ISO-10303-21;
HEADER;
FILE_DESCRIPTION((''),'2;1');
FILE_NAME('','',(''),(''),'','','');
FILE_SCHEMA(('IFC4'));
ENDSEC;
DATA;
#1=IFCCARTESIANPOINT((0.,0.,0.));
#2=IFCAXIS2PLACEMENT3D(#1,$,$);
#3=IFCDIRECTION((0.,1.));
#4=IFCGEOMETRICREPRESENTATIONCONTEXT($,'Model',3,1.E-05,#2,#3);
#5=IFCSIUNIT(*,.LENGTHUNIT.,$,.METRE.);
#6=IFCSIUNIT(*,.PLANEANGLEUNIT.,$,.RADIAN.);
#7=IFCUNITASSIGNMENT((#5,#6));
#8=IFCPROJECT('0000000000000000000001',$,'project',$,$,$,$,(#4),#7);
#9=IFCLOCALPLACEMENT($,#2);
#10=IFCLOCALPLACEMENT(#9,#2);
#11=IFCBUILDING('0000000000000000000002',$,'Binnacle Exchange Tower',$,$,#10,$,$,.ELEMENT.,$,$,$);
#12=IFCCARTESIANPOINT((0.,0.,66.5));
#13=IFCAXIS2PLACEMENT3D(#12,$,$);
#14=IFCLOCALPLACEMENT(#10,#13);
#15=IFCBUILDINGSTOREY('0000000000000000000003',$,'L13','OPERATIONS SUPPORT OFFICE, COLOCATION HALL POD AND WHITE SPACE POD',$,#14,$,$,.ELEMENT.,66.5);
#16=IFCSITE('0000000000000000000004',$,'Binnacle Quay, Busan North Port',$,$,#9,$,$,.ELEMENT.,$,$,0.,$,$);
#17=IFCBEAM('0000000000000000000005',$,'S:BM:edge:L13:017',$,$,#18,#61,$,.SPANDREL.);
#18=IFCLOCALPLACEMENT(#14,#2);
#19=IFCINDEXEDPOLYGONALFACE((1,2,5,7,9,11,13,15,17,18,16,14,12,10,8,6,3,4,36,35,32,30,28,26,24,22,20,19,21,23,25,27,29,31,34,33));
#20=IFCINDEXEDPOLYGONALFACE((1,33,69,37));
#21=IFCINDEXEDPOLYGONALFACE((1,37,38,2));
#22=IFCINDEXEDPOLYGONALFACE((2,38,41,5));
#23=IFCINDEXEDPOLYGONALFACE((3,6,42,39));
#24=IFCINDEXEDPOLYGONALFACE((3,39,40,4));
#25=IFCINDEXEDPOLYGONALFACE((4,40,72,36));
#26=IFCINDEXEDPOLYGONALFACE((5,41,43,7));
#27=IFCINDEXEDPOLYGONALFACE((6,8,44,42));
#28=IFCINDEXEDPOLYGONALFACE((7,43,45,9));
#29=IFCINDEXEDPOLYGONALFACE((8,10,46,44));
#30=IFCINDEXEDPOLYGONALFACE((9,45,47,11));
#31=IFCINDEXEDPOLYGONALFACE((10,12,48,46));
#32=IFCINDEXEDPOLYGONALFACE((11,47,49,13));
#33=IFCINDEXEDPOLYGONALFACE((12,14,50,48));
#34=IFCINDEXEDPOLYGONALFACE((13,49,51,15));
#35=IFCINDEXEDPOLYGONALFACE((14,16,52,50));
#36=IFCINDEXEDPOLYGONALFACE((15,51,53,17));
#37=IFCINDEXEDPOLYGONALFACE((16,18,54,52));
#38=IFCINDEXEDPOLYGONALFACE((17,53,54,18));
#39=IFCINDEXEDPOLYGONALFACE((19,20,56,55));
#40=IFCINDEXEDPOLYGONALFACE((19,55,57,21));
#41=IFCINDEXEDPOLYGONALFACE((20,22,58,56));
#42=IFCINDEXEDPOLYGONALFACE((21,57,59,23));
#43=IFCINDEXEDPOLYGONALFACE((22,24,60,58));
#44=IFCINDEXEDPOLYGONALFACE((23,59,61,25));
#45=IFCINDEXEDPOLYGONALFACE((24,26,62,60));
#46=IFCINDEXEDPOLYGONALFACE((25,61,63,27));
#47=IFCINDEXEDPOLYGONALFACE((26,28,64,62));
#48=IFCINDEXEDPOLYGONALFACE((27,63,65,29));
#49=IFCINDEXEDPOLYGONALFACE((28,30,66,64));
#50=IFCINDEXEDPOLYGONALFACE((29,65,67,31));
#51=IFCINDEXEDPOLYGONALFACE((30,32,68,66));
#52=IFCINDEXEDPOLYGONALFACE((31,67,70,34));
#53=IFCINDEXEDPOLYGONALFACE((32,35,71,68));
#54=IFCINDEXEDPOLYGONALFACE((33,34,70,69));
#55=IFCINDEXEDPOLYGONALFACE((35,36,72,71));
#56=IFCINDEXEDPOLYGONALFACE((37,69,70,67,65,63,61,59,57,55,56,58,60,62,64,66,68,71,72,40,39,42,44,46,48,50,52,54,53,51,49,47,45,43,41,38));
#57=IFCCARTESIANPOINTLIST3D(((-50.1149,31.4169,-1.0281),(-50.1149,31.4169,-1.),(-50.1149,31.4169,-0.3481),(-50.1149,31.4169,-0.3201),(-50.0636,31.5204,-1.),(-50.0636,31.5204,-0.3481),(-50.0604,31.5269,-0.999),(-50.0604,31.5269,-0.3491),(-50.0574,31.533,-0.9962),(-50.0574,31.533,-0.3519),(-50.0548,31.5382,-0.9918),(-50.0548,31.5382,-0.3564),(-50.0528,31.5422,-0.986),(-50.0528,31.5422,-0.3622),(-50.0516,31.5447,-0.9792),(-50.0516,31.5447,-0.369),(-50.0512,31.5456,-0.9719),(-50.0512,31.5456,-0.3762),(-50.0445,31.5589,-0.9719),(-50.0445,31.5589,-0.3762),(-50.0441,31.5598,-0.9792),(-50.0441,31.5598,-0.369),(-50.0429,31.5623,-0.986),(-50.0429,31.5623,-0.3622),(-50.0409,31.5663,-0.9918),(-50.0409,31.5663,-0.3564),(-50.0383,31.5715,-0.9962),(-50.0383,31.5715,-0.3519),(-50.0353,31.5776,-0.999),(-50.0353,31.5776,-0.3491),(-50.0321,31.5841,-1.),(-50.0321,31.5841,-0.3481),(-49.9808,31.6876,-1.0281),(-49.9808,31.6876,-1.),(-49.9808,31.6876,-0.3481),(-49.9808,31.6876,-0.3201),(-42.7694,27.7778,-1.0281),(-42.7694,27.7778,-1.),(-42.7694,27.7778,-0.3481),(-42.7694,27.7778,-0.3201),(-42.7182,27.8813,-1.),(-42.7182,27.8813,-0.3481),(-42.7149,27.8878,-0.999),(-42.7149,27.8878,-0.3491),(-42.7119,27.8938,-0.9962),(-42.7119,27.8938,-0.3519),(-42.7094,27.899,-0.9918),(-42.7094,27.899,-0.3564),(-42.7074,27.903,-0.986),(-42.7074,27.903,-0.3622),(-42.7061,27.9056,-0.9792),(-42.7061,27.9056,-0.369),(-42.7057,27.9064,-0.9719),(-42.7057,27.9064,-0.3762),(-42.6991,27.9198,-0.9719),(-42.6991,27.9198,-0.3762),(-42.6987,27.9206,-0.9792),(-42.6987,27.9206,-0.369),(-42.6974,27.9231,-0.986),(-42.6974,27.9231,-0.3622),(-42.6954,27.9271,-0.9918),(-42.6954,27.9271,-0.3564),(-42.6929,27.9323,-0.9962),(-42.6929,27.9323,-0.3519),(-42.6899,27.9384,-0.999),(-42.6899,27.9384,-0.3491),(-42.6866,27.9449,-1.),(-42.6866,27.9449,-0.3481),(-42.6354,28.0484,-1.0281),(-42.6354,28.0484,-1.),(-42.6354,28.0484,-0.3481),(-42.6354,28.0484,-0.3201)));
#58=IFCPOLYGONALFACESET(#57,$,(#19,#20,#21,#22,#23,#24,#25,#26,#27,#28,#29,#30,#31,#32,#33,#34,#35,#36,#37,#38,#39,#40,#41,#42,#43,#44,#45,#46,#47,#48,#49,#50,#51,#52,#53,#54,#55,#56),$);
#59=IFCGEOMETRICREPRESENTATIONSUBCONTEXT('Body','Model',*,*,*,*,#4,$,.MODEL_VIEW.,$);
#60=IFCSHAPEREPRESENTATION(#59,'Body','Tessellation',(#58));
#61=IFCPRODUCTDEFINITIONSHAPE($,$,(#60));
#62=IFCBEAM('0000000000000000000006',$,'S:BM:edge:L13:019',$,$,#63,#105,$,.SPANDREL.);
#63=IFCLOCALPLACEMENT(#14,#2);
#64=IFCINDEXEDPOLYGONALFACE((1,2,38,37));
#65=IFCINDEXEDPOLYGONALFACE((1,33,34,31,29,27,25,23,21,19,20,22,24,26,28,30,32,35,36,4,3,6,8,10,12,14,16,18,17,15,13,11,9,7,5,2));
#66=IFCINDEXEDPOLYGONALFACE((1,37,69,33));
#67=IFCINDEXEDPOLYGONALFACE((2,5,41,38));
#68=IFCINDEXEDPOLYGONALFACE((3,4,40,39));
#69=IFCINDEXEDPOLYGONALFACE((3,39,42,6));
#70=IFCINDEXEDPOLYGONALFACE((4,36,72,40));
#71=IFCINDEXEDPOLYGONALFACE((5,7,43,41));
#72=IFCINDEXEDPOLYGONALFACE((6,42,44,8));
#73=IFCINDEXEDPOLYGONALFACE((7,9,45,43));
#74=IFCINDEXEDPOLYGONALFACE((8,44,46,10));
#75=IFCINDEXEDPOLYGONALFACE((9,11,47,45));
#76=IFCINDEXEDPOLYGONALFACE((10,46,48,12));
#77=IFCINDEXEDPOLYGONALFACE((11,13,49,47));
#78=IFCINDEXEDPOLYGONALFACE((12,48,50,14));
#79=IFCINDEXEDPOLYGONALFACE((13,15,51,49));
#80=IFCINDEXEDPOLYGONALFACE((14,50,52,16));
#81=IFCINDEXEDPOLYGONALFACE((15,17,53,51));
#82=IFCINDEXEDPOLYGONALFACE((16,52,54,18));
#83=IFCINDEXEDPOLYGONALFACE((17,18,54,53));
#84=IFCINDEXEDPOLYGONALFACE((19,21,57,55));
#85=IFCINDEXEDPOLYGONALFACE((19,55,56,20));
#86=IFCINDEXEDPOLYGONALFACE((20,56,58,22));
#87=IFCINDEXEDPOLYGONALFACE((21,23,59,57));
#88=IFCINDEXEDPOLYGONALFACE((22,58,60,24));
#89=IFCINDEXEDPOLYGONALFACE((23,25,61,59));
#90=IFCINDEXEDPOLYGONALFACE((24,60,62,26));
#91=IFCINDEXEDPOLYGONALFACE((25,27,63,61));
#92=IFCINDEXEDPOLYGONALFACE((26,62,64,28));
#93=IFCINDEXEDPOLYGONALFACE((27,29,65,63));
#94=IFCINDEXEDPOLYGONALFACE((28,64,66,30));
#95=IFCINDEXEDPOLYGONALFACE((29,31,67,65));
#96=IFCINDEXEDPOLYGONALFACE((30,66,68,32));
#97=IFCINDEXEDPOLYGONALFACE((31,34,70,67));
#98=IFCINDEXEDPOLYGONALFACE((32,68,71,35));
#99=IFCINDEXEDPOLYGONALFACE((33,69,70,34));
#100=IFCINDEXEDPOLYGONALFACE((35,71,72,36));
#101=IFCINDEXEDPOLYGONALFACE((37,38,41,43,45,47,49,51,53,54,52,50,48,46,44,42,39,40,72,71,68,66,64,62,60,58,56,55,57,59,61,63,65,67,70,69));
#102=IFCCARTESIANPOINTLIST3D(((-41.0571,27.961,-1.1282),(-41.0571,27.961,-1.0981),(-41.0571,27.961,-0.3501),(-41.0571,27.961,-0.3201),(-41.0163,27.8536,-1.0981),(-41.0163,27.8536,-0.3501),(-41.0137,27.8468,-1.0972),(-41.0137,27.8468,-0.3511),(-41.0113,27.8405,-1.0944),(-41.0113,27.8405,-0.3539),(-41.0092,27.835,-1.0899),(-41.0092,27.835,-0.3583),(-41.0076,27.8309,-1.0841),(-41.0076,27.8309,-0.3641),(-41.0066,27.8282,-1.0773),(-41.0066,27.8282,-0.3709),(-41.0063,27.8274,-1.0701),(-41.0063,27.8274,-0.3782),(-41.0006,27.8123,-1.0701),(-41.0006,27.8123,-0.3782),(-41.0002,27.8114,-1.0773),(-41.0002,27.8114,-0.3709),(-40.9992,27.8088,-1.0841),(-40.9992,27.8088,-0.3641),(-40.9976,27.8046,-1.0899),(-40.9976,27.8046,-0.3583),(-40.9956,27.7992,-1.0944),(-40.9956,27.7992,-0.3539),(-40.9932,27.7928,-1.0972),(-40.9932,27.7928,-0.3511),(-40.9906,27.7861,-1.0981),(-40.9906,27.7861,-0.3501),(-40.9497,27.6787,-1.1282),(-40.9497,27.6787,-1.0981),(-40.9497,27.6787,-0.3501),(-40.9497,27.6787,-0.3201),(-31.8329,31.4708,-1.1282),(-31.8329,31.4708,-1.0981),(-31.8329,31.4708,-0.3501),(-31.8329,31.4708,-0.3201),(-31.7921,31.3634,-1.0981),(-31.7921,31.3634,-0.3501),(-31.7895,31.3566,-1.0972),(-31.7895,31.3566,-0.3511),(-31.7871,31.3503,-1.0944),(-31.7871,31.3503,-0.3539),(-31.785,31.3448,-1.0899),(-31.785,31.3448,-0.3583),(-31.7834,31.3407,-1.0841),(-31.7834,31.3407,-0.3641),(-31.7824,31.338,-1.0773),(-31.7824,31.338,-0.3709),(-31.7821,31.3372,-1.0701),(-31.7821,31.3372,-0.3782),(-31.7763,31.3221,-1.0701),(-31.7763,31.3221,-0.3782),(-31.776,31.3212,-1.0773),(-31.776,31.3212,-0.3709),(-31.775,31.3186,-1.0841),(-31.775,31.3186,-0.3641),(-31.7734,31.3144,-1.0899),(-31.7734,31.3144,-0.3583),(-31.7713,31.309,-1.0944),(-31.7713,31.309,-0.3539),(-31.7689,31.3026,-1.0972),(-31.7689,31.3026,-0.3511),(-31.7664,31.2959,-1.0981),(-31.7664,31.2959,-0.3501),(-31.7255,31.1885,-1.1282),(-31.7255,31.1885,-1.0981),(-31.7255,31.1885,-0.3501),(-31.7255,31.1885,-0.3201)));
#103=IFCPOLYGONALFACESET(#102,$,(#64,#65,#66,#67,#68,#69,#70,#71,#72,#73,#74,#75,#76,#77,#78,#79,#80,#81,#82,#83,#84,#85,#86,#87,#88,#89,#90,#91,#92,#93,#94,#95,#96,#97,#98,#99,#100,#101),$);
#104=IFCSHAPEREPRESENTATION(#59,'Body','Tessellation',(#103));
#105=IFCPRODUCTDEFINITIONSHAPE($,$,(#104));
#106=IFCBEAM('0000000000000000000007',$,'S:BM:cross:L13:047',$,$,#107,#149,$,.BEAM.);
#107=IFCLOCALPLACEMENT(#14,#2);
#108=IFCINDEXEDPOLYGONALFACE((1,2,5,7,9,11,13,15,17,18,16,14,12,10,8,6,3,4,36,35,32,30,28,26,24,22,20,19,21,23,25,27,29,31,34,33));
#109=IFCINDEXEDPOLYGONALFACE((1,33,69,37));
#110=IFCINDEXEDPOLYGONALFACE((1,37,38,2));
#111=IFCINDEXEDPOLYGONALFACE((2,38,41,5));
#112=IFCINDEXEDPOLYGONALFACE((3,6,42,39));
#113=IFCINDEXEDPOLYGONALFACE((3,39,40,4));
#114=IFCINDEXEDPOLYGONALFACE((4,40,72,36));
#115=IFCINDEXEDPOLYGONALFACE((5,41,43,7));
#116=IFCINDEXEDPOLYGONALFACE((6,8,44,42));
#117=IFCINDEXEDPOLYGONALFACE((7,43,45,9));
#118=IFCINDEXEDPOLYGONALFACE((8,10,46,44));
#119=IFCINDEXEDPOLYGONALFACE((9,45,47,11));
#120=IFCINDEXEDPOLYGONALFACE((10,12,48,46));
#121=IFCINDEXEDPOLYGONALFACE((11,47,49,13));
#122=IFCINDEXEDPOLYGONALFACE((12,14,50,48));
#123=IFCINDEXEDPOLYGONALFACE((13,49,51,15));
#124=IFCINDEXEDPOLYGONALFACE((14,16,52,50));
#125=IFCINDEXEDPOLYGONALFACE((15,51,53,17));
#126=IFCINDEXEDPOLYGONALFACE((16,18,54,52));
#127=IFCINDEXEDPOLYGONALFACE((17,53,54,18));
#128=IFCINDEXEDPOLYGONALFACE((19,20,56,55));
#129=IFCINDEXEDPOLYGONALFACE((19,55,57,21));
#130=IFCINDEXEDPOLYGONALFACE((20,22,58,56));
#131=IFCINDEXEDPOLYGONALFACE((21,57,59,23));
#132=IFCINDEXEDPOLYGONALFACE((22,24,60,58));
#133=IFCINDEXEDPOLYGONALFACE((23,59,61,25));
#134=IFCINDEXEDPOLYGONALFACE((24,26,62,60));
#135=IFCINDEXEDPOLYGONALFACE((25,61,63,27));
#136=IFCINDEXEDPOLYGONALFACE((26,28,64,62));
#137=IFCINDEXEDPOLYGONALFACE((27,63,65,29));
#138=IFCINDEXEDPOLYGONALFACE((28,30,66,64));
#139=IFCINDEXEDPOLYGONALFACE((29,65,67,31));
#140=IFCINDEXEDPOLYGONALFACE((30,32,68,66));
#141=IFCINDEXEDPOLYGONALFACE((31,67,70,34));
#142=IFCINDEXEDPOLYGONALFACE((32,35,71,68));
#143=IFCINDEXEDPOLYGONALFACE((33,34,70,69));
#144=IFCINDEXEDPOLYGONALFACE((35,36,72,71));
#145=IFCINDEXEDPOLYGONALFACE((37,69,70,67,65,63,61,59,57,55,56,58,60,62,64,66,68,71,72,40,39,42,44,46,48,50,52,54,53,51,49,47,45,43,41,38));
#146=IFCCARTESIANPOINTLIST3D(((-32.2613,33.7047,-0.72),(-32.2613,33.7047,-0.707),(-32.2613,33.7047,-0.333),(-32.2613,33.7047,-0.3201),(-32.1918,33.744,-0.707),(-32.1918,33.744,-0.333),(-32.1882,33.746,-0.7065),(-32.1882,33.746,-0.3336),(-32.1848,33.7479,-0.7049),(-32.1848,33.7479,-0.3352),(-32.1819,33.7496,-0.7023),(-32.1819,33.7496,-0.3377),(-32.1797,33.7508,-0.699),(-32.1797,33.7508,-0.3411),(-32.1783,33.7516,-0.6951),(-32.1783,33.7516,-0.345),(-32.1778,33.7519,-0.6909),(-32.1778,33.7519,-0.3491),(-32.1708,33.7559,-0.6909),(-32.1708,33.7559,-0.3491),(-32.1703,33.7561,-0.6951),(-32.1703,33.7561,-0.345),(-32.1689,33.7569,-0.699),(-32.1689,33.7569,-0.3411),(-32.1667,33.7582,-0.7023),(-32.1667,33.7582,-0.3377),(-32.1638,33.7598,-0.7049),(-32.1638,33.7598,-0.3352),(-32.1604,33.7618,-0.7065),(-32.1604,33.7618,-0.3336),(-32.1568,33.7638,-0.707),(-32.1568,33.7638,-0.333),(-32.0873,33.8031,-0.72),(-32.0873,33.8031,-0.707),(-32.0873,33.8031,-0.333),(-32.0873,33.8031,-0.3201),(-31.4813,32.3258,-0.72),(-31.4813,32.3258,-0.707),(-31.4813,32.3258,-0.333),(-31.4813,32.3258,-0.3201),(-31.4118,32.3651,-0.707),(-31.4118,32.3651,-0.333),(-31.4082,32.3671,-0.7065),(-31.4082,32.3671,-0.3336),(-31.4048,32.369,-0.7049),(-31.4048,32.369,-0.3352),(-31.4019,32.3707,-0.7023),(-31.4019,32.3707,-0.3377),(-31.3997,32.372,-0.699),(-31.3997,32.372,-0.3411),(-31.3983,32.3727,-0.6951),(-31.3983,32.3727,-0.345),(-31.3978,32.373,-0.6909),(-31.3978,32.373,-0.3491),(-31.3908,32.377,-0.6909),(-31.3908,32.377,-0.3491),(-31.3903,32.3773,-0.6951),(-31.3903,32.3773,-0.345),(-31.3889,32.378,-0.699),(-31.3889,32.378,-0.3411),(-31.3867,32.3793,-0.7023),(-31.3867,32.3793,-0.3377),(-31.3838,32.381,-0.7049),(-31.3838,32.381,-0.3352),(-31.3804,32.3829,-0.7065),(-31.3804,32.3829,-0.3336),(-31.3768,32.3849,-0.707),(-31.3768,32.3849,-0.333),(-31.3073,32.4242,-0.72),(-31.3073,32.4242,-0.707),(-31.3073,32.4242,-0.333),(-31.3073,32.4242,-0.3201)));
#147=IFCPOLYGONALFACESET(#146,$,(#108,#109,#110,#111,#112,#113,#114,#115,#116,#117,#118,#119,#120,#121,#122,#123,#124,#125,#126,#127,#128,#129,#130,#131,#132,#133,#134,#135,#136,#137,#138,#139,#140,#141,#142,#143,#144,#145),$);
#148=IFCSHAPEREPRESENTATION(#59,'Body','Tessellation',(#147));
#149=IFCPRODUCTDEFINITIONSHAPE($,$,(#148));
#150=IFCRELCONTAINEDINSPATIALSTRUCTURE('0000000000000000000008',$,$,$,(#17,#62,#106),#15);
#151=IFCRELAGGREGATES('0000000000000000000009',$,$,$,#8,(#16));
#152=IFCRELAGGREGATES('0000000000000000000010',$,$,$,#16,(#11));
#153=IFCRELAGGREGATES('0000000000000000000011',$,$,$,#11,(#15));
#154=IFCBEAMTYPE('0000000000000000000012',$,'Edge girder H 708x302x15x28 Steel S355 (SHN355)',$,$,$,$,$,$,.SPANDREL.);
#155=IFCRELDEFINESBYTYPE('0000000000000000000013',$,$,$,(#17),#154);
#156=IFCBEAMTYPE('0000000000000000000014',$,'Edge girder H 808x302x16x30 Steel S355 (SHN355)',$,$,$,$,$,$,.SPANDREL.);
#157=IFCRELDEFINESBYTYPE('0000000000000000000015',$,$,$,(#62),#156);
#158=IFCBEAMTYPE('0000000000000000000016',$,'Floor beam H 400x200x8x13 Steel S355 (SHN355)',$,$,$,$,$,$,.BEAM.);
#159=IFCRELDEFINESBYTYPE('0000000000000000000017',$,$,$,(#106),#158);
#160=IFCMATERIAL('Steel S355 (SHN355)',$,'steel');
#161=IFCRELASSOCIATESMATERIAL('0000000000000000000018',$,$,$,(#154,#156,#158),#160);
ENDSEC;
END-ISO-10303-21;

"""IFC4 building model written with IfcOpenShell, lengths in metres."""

from ifc_helpers import new_model, si_unit, direction, frame, origin, origin_2d, place, context, subcontext, project, spatial, i_section, extrude, material, material_profile, profile_set, type_object, element, save


model = new_model("IFC4")

# Units and contexts
model_context = context("Model", 3, precision=1e-05, world=origin(), true_north=direction((0.0, 1.0)))
body_context = subcontext(model_context, "Body", "Model", "MODEL_VIEW")
ifc_project = project(units=[si_unit("LENGTHUNIT", "METRE"), si_unit("PLANEANGLEUNIT", "RADIAN")], contexts=[model_context])

# Site, building, storey
site_placement = place(None, origin())
site = spatial("IfcSite", under=ifc_project, at=site_placement, Name="Binnacle Quay, Busan North Port", CompositionType="ELEMENT", RefElevation=0.0)
building_placement = place(site_placement, origin())
building = spatial("IfcBuilding", under=site, at=building_placement, Name="Binnacle Exchange Tower", CompositionType="ELEMENT")
storey_placement = place(building_placement, frame((0.0, 0.0, 66.5)))
storey = spatial("IfcBuildingStorey", under=building, at=storey_placement, Name="L13", Description="OPERATIONS SUPPORT OFFICE, COLOCATION HALL POD AND WHITE SPACE POD", CompositionType="ELEMENT", Elevation=66.5)

# Beams
ifc_material_1 = material(Name="Steel S355 (SHN355)", Category="steel")
ifc_material_profile_1 = material_profile(ifc_material_1, i_section(OverallWidth=0.302, OverallDepth=0.708, WebThickness=0.0149, FlangeThickness=0.0281, FilletRadius=0.0281, at=origin_2d()), Name="H 708x302x15x28")
ifc_profile_set_1 = profile_set([ifc_material_profile_1], Name="Steel S355 (SHN355)")
beam_type_1 = type_object("IfcBeamType", Name="Edge girder H 708x302x15x28 Steel S355 (SHN355)", PredefinedType="SPANDREL", material=ifc_profile_set_1)
beam_1_placement = place(storey_placement, frame((-50.0479, 31.5522, -0.6741), z_axis=(0.896059, -0.443935, 0.0), x_axis=(0.443935, 0.896059, 0.0)))
element("IfcBeam", 1, at=beam_1_placement, inside=storey, type_object=beam_type_1, Name="S:BM:edge:L13:017", PredefinedType="SPANDREL", context=body_context, shape_type="SweptSolid", body=[
    extrude(i_section(OverallWidth=0.302, OverallDepth=0.708, WebThickness=0.0149, FlangeThickness=0.0281, FilletRadius=0.0281, at=origin_2d()), origin(), (0.0, 0.0, 1.0), 8.1975),
])
ifc_material_profile_2 = material_profile(ifc_material_1, i_section(OverallWidth=0.302, OverallDepth=0.8081, WebThickness=0.0161, FlangeThickness=0.03, FilletRadius=0.0281, at=origin_2d()), Name="H 808x302x16x30")
ifc_profile_set_2 = profile_set([ifc_material_profile_2], Name="Steel S355 (SHN355)")
beam_type_2 = type_object("IfcBeamType", Name="Edge girder H 808x302x16x30 Steel S355 (SHN355)", PredefinedType="SPANDREL", material=ifc_profile_set_2)
beam_2_placement = place(storey_placement, frame((-41.0034, 27.8198, -0.7241), z_axis=(0.934629, 0.355625, 0.0), x_axis=(-0.355625, 0.934629, 0.0)))
element("IfcBeam", 2, at=beam_2_placement, inside=storey, type_object=beam_type_2, Name="S:BM:edge:L13:019", PredefinedType="SPANDREL", context=body_context, shape_type="SweptSolid", body=[
    extrude(i_section(OverallWidth=0.302, OverallDepth=0.8081, WebThickness=0.0161, FlangeThickness=0.03, FilletRadius=0.0281, at=origin_2d()), origin(), (0.0, 0.0, 1.0), 9.8694),
])
ifc_material_profile_3 = material_profile(ifc_material_1, i_section(OverallWidth=0.2, OverallDepth=0.3999, WebThickness=0.0081, FlangeThickness=0.0129, FilletRadius=0.0161, at=origin_2d()), Name="H 400x200x8x13")
ifc_profile_set_3 = profile_set([ifc_material_profile_3], Name="Steel S355 (SHN355)")
beam_type_3 = type_object("IfcBeamType", Name="Floor beam H 400x200x8x13 Steel S355 (SHN355)", PredefinedType="BEAM", material=ifc_profile_set_3)
beam_3_placement = place(storey_placement, frame((-31.3943, 32.375, -0.52), z_axis=(-0.492367, 0.870388, 0.0), x_axis=(-0.870388, -0.492367, 0.0)))
element("IfcBeam", 3, at=beam_3_placement, inside=storey, type_object=beam_type_3, Name="S:BM:cross:L13:047", PredefinedType="BEAM", context=body_context, shape_type="SweptSolid", body=[
    extrude(i_section(OverallWidth=0.2, OverallDepth=0.3999, WebThickness=0.0081, FlangeThickness=0.0129, FilletRadius=0.0161, at=origin_2d()), origin(), (0.0, 0.0, 1.0), 1.5842),
])

save(model, "model.ifc")
